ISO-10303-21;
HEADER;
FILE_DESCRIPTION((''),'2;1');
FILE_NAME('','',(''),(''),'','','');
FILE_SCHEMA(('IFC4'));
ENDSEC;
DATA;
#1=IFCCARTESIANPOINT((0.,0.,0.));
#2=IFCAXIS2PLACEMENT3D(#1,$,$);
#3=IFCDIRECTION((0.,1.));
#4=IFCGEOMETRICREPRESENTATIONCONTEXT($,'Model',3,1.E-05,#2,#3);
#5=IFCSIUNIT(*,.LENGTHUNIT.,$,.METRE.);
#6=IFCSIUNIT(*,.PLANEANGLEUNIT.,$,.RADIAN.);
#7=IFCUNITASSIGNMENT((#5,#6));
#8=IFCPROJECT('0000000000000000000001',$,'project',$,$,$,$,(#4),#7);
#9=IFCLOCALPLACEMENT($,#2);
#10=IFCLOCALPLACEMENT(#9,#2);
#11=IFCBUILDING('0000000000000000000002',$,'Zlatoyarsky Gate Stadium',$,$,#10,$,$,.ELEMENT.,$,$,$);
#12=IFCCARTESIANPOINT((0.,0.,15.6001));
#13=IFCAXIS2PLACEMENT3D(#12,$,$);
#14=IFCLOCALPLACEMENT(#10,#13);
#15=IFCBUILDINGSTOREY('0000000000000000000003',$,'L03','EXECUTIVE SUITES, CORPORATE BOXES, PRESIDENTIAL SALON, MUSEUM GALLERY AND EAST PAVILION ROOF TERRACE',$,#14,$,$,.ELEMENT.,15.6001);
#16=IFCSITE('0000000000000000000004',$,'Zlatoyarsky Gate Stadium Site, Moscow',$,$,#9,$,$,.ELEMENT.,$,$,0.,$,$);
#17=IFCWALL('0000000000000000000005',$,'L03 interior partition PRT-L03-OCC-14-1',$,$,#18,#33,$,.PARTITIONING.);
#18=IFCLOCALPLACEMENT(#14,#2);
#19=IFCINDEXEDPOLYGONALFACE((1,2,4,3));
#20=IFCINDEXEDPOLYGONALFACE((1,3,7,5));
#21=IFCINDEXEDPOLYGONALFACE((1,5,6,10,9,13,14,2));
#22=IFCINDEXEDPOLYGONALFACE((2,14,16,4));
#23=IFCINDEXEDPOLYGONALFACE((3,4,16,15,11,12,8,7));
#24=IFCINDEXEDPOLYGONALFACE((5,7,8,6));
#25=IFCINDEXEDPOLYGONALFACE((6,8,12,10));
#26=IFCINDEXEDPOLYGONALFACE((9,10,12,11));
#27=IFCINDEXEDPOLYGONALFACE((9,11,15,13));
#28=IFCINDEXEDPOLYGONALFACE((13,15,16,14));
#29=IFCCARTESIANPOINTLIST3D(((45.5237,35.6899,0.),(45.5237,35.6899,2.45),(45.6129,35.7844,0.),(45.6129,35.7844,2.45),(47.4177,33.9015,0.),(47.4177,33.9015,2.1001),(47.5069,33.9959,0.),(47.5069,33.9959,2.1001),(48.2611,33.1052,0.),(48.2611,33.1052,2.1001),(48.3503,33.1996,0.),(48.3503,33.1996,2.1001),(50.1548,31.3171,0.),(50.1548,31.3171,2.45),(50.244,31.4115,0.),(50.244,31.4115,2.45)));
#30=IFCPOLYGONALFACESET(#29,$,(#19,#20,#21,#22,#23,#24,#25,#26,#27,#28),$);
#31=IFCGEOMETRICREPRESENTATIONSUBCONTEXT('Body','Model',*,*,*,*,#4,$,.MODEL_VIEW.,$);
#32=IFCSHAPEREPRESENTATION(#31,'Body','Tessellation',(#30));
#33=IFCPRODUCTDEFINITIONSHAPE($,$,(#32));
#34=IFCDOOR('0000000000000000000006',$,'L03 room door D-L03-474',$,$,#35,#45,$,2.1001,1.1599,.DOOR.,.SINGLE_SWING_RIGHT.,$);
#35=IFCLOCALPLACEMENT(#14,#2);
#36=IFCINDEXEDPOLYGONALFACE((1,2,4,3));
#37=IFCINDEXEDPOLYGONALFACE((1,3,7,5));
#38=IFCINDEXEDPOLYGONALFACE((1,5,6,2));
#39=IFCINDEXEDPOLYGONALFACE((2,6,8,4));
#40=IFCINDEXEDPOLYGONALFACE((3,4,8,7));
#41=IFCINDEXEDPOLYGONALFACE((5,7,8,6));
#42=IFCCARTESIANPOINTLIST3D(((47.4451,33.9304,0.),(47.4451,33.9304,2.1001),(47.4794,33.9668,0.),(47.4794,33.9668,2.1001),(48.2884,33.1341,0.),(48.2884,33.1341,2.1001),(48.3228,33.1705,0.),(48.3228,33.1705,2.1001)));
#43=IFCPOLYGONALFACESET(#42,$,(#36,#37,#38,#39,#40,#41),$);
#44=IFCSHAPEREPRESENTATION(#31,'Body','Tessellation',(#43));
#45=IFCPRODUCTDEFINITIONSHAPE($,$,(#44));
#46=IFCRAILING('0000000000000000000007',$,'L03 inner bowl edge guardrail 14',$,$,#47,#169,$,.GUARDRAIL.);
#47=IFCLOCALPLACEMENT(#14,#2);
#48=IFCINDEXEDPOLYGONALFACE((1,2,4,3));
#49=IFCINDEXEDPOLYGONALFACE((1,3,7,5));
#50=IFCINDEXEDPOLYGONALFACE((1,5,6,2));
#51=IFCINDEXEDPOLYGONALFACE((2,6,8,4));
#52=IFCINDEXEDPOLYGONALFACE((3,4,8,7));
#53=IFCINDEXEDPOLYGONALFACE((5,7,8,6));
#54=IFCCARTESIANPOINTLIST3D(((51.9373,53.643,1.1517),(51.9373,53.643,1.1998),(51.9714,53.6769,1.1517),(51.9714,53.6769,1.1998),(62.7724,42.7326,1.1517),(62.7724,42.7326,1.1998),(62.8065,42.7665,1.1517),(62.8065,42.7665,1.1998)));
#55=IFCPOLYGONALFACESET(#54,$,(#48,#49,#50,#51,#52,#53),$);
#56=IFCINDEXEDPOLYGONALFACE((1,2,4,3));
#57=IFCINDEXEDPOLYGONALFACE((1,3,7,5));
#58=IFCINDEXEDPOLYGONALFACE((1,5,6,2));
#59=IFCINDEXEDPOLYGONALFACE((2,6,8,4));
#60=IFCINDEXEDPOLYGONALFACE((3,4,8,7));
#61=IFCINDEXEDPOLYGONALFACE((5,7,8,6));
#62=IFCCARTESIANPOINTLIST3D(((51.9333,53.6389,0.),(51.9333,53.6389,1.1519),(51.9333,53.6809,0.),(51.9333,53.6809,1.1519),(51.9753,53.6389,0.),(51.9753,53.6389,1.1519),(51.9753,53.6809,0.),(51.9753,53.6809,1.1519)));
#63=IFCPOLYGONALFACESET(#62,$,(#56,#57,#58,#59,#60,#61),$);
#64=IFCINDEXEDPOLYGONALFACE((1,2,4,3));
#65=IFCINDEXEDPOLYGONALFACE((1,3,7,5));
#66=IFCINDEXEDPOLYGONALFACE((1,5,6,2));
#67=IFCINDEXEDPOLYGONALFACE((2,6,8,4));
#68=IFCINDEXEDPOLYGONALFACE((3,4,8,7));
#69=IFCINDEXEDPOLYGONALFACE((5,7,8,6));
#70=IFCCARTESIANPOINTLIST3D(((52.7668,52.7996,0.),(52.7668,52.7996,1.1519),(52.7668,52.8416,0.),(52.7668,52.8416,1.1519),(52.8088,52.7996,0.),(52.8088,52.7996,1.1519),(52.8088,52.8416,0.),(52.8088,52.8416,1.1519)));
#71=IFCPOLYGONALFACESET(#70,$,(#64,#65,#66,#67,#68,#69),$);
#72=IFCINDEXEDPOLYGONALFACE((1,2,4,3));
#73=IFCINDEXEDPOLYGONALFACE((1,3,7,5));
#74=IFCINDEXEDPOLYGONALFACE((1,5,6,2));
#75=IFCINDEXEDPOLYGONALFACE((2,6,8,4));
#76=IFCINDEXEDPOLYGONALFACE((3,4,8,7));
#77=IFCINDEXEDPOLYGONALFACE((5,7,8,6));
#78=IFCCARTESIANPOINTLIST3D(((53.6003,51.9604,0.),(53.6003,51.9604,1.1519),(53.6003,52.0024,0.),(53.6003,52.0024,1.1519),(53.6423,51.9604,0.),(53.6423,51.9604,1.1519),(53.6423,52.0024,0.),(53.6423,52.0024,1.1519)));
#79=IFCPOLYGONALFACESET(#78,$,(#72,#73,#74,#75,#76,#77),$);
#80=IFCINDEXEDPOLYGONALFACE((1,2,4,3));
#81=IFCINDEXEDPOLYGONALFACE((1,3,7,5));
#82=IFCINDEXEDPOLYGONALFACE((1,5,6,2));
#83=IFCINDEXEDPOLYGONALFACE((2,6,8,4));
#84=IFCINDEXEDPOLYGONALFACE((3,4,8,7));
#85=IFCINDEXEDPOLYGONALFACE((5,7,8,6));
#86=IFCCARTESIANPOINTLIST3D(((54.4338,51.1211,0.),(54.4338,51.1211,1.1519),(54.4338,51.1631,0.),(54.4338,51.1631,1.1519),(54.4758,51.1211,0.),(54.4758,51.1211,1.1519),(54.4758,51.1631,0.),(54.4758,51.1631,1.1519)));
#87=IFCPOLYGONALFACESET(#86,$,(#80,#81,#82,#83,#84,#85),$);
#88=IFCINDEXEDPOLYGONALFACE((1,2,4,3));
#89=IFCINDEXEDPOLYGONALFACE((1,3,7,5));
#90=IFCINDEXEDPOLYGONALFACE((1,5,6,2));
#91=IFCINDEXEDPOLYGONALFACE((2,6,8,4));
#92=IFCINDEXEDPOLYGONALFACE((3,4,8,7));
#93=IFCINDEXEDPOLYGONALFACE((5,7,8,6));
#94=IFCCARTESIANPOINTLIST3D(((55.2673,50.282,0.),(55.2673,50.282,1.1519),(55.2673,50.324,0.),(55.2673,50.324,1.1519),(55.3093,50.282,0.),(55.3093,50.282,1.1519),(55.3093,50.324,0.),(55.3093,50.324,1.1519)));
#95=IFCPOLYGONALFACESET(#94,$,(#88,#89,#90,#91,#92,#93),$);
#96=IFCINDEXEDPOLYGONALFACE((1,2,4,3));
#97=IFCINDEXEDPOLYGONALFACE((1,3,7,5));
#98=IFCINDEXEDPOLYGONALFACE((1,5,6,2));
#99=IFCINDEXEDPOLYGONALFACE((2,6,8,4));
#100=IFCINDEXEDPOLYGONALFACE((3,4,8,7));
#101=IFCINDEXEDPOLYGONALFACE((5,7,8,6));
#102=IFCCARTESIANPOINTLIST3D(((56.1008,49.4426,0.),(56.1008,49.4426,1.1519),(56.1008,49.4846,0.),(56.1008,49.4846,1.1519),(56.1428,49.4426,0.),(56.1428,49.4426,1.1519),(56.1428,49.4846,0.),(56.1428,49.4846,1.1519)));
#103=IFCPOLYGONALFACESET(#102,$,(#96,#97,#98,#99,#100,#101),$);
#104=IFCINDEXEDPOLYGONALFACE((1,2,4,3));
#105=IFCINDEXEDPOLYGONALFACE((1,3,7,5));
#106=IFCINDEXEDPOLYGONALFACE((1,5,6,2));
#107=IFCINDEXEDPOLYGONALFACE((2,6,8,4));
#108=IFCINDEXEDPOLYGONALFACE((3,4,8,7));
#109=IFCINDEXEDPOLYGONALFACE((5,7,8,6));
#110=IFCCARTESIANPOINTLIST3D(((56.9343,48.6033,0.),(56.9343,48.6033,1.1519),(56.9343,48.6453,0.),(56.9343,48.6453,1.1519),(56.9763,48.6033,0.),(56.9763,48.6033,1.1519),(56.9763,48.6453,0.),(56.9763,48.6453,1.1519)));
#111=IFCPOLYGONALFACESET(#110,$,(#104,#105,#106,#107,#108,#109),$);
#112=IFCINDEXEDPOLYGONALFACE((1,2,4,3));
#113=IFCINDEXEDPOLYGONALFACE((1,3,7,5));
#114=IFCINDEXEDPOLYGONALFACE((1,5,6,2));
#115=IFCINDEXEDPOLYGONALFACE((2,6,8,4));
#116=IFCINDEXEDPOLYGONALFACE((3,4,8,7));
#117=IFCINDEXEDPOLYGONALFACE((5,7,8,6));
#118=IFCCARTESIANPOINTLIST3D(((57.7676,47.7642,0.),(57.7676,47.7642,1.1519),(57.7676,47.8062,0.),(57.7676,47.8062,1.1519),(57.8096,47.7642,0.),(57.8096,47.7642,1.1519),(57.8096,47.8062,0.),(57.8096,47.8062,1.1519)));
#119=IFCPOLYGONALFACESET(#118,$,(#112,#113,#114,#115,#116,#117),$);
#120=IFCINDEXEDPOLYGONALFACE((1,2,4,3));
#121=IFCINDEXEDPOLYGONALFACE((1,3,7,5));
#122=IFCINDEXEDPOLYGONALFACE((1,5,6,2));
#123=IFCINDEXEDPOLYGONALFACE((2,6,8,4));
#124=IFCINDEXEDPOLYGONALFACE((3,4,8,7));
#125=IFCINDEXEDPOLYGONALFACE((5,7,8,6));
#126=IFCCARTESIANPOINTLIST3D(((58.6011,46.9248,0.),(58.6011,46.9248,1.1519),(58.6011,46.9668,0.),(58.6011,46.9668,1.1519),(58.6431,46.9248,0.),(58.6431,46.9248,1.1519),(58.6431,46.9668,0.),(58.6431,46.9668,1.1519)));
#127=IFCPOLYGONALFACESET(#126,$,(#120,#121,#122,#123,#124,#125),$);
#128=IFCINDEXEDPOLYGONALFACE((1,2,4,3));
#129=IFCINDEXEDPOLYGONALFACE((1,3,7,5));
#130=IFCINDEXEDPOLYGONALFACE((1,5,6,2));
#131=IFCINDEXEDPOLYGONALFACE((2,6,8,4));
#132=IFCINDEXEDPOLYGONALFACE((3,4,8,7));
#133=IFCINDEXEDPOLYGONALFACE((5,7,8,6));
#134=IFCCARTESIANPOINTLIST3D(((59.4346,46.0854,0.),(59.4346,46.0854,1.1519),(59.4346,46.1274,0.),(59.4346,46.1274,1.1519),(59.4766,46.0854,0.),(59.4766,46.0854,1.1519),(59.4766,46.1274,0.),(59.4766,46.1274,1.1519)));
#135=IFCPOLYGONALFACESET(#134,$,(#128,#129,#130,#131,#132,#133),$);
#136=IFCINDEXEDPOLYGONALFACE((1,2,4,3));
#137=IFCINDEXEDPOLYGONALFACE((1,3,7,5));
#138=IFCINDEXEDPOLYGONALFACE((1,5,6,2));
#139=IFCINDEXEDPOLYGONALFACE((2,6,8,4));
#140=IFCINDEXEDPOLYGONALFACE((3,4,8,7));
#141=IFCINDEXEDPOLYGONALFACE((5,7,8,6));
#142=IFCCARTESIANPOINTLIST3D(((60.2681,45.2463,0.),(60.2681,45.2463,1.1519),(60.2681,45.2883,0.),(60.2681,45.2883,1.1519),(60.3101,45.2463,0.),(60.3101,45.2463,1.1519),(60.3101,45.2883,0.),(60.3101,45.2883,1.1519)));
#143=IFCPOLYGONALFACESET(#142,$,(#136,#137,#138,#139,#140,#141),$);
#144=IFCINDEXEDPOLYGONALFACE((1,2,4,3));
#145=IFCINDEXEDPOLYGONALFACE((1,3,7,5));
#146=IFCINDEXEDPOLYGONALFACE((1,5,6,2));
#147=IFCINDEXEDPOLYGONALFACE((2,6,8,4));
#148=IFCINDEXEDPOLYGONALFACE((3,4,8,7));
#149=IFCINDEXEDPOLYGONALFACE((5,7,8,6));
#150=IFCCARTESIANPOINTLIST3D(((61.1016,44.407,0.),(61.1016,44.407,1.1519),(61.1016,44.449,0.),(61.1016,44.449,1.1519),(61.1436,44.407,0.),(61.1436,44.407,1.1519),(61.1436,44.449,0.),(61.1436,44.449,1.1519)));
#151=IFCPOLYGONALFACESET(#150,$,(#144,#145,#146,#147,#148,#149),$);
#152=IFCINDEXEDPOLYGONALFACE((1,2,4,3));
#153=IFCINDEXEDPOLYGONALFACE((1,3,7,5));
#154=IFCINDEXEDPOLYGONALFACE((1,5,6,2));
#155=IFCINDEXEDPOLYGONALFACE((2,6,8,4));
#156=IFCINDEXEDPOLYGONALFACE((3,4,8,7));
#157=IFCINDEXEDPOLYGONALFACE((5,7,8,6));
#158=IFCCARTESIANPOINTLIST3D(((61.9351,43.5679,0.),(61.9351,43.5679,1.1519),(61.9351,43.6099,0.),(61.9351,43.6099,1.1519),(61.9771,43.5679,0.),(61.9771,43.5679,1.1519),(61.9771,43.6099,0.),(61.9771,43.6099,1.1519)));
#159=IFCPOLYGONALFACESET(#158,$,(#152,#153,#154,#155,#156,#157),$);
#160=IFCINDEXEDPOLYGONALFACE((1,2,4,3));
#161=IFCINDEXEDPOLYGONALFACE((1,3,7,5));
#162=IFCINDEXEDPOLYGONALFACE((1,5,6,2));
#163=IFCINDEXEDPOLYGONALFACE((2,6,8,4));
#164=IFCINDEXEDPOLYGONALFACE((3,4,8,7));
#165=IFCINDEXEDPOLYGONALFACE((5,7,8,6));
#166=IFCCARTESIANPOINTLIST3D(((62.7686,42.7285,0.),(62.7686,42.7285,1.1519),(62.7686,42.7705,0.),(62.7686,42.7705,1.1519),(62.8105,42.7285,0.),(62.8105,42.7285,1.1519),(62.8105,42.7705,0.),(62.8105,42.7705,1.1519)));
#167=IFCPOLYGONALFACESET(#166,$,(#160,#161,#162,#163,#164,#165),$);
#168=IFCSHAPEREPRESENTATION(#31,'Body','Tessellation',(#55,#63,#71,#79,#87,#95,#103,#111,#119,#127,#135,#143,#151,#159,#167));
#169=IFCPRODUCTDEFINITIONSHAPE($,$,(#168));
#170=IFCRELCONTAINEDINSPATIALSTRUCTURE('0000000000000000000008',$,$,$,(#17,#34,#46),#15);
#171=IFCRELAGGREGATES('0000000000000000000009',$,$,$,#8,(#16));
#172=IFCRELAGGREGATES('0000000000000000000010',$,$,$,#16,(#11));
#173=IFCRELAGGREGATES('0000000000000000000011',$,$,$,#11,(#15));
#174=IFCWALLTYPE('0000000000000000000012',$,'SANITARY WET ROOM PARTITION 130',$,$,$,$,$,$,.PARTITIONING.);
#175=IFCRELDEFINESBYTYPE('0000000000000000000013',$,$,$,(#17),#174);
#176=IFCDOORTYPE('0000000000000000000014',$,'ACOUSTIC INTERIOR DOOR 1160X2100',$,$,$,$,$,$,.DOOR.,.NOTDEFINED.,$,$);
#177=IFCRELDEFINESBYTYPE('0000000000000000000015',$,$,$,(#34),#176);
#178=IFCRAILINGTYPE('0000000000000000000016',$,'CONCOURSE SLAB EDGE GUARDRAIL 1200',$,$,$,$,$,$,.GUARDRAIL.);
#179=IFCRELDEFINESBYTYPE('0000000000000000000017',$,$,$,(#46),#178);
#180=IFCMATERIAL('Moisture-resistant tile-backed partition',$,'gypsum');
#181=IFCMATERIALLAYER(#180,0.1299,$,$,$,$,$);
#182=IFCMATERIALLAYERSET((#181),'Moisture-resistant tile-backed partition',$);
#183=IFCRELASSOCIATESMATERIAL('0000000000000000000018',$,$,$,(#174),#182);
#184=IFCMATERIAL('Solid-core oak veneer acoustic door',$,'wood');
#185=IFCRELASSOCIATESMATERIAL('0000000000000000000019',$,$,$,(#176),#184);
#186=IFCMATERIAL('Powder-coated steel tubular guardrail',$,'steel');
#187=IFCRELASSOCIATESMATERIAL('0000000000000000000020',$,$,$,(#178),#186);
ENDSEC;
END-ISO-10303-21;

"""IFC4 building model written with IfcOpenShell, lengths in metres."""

from ifc_helpers import new_model, si_unit, direction, frame, frame_2d, origin, origin_2d, place, context, subcontext, project, spatial, rectangle, extrude, material, layer, layer_set, type_object, element, fill, save


model = new_model("IFC4")

# Units and contexts
model_context = context("Model", 3, precision=1e-05, world=origin(), true_north=direction((0.0, 1.0)))
body_context = subcontext(model_context, "Body", "Model", "MODEL_VIEW")
ifc_project = project(units=[si_unit("LENGTHUNIT", "METRE"), si_unit("PLANEANGLEUNIT", "RADIAN")], contexts=[model_context])

# Site, building, storey
site_placement = place(None, origin())
site = spatial("IfcSite", under=ifc_project, at=site_placement, Name="Zlatoyarsky Gate Stadium Site, Moscow", CompositionType="ELEMENT", RefElevation=0.0)
building_placement = place(site_placement, origin())
building = spatial("IfcBuilding", under=site, at=building_placement, Name="Zlatoyarsky Gate Stadium", CompositionType="ELEMENT")
storey_placement = place(building_placement, frame((0.0, 0.0, 15.6001)))
storey = spatial("IfcBuildingStorey", under=building, at=storey_placement, Name="L03", Description="EXECUTIVE SUITES, CORPORATE BOXES, PRESIDENTIAL SALON, MUSEUM GALLERY AND EAST PAVILION ROOF TERRACE", CompositionType="ELEMENT", Elevation=15.6001)

# Shared definitions
ifc_material_1 = material(Name="Moisture-resistant tile-backed partition", Category="gypsum")
ifc_layer_1 = layer(ifc_material_1, 0.1299)
ifc_layer_set_1 = layer_set([ifc_layer_1], Name="Moisture-resistant tile-backed partition")
wall_type_1 = type_object("IfcWallType", Name="SANITARY WET ROOM PARTITION 130", PredefinedType="PARTITIONING", material=ifc_layer_set_1)

# Wall, opening, door
wall_1_placement = place(storey_placement, frame((45.5684, 35.7371, 0.0), z_axis=(0.0, 0.0, 1.0), x_axis=(0.727093, -0.686539, 0.0)))
wall_1 = element("IfcWall", 1, at=wall_1_placement, inside=storey, type_object=wall_type_1, Name="L03 interior partition PRT-L03-OCC-14-1", PredefinedType="PARTITIONING", context=body_context, shape_type="SweptSolid", body=[
    extrude(rectangle(XDim=6.3694, YDim=0.1299, at=frame_2d((3.1846, 0.0))), origin(), (0.0, 0.0, 1.0), 2.45),
])
opening_1_placement = place(wall_1_placement, frame((2.6047, 0.0, 0.0)))
opening_1 = element("IfcOpeningElement", 2, at=opening_1_placement, cuts=wall_1, PredefinedType="OPENING", context=body_context, shape_type="SweptSolid", body=[
    extrude(rectangle(XDim=1.1599, YDim=2.1001, at=frame_2d((0.5801, 1.05))), frame((0.0, 0.075, 0.0), z_axis=(0.0, -1.0, 0.0), x_axis=(1.0, 0.0, 0.0)), (0.0, 0.0, 1.0), 0.1499),
])
ifc_material_2 = material(Name="Solid-core oak veneer acoustic door", Category="wood")
door_type_1 = type_object("IfcDoorType", Name="ACOUSTIC INTERIOR DOOR 1160X2100", OperationType="NOTDEFINED", PredefinedType="DOOR", material=ifc_material_2)
door_1_placement = place(opening_1_placement, origin())
door_1 = element("IfcDoor", 3, at=door_1_placement, inside=storey, type_object=door_type_1, Name="L03 room door D-L03-474", OperationType="SINGLE_SWING_RIGHT", OverallHeight=2.1001, OverallWidth=1.1599, PredefinedType="DOOR", context=body_context, shape_type="SweptSolid", body=[
    extrude(rectangle(XDim=1.1599, YDim=2.1001, at=frame_2d((0.5801, 1.05))), frame((0.0, 0.0249, 0.0), z_axis=(0.0, -1.0, 0.0), x_axis=(1.0, 0.0, 0.0)), (0.0, 0.0, 1.0), 0.05),
])
fill(opening_1, door_1)

# Railing
ifc_material_3 = material(Name="Powder-coated steel tubular guardrail", Category="steel")
railing_type = type_object("IfcRailingType", Name="CONCOURSE SLAB EDGE GUARDRAIL 1200", PredefinedType="GUARDRAIL", material=ifc_material_3)
railing_placement = place(storey_placement, frame((51.9543, 53.6599, 0.0)))
element("IfcRailing", 4, at=railing_placement, inside=storey, type_object=railing_type, Name="L03 inner bowl edge guardrail 14", PredefinedType="GUARDRAIL", context=body_context, shape_type="SweptSolid", body=[
    extrude(rectangle(XDim=0.0481, YDim=0.0481, at=origin_2d()), frame((0.0, 0.0, 1.1758), z_axis=(0.704657, -0.709548, 0.0), x_axis=(0.709548, 0.704657, 0.0)), (0.0, 0.0, 1.0), 15.3765),
    extrude(rectangle(XDim=0.042, YDim=0.042, at=origin_2d()), origin(), (0.0, 0.0, 1.0), 1.1519),
    extrude(rectangle(XDim=0.042, YDim=0.042, at=origin_2d()), frame((0.8335, -0.8394, 0.0)), (0.0, 0.0, 1.0), 1.1519),
    extrude(rectangle(XDim=0.042, YDim=0.042, at=origin_2d()), frame((1.667, -1.6785, 0.0)), (0.0, 0.0, 1.0), 1.1519),
    extrude(rectangle(XDim=0.042, YDim=0.042, at=origin_2d()), frame((2.5005, -2.5178, 0.0)), (0.0, 0.0, 1.0), 1.1519),
    extrude(rectangle(XDim=0.042, YDim=0.042, at=origin_2d()), frame((3.334, -3.3569, 0.0)), (0.0, 0.0, 1.0), 1.1519),
    extrude(rectangle(XDim=0.042, YDim=0.042, at=origin_2d()), frame((4.1675, -4.1963, 0.0)), (0.0, 0.0, 1.0), 1.1519),
    extrude(rectangle(XDim=0.042, YDim=0.042, at=origin_2d()), frame((5.001, -5.0356, 0.0)), (0.0, 0.0, 1.0), 1.1519),
    extrude(rectangle(XDim=0.042, YDim=0.042, at=origin_2d()), frame((5.8342, -5.8748, 0.0)), (0.0, 0.0, 1.0), 1.1519),
    extrude(rectangle(XDim=0.042, YDim=0.042, at=origin_2d()), frame((6.6677, -6.7141, 0.0)), (0.0, 0.0, 1.0), 1.1519),
    extrude(rectangle(XDim=0.042, YDim=0.042, at=origin_2d()), frame((7.5012, -7.5535, 0.0)), (0.0, 0.0, 1.0), 1.1519),
    extrude(rectangle(XDim=0.042, YDim=0.042, at=origin_2d()), frame((8.3347, -8.3926, 0.0)), (0.0, 0.0, 1.0), 1.1519),
    extrude(rectangle(XDim=0.042, YDim=0.042, at=origin_2d()), frame((9.1682, -9.2319, 0.0)), (0.0, 0.0, 1.0), 1.1519),
    extrude(rectangle(XDim=0.042, YDim=0.042, at=origin_2d()), frame((10.0017, -10.071, 0.0)), (0.0, 0.0, 1.0), 1.1519),
    extrude(rectangle(XDim=0.042, YDim=0.042, at=origin_2d()), frame((10.8352, -10.9104, 0.0)), (0.0, 0.0, 1.0), 1.1519),
])

save(model, "model.ifc")
